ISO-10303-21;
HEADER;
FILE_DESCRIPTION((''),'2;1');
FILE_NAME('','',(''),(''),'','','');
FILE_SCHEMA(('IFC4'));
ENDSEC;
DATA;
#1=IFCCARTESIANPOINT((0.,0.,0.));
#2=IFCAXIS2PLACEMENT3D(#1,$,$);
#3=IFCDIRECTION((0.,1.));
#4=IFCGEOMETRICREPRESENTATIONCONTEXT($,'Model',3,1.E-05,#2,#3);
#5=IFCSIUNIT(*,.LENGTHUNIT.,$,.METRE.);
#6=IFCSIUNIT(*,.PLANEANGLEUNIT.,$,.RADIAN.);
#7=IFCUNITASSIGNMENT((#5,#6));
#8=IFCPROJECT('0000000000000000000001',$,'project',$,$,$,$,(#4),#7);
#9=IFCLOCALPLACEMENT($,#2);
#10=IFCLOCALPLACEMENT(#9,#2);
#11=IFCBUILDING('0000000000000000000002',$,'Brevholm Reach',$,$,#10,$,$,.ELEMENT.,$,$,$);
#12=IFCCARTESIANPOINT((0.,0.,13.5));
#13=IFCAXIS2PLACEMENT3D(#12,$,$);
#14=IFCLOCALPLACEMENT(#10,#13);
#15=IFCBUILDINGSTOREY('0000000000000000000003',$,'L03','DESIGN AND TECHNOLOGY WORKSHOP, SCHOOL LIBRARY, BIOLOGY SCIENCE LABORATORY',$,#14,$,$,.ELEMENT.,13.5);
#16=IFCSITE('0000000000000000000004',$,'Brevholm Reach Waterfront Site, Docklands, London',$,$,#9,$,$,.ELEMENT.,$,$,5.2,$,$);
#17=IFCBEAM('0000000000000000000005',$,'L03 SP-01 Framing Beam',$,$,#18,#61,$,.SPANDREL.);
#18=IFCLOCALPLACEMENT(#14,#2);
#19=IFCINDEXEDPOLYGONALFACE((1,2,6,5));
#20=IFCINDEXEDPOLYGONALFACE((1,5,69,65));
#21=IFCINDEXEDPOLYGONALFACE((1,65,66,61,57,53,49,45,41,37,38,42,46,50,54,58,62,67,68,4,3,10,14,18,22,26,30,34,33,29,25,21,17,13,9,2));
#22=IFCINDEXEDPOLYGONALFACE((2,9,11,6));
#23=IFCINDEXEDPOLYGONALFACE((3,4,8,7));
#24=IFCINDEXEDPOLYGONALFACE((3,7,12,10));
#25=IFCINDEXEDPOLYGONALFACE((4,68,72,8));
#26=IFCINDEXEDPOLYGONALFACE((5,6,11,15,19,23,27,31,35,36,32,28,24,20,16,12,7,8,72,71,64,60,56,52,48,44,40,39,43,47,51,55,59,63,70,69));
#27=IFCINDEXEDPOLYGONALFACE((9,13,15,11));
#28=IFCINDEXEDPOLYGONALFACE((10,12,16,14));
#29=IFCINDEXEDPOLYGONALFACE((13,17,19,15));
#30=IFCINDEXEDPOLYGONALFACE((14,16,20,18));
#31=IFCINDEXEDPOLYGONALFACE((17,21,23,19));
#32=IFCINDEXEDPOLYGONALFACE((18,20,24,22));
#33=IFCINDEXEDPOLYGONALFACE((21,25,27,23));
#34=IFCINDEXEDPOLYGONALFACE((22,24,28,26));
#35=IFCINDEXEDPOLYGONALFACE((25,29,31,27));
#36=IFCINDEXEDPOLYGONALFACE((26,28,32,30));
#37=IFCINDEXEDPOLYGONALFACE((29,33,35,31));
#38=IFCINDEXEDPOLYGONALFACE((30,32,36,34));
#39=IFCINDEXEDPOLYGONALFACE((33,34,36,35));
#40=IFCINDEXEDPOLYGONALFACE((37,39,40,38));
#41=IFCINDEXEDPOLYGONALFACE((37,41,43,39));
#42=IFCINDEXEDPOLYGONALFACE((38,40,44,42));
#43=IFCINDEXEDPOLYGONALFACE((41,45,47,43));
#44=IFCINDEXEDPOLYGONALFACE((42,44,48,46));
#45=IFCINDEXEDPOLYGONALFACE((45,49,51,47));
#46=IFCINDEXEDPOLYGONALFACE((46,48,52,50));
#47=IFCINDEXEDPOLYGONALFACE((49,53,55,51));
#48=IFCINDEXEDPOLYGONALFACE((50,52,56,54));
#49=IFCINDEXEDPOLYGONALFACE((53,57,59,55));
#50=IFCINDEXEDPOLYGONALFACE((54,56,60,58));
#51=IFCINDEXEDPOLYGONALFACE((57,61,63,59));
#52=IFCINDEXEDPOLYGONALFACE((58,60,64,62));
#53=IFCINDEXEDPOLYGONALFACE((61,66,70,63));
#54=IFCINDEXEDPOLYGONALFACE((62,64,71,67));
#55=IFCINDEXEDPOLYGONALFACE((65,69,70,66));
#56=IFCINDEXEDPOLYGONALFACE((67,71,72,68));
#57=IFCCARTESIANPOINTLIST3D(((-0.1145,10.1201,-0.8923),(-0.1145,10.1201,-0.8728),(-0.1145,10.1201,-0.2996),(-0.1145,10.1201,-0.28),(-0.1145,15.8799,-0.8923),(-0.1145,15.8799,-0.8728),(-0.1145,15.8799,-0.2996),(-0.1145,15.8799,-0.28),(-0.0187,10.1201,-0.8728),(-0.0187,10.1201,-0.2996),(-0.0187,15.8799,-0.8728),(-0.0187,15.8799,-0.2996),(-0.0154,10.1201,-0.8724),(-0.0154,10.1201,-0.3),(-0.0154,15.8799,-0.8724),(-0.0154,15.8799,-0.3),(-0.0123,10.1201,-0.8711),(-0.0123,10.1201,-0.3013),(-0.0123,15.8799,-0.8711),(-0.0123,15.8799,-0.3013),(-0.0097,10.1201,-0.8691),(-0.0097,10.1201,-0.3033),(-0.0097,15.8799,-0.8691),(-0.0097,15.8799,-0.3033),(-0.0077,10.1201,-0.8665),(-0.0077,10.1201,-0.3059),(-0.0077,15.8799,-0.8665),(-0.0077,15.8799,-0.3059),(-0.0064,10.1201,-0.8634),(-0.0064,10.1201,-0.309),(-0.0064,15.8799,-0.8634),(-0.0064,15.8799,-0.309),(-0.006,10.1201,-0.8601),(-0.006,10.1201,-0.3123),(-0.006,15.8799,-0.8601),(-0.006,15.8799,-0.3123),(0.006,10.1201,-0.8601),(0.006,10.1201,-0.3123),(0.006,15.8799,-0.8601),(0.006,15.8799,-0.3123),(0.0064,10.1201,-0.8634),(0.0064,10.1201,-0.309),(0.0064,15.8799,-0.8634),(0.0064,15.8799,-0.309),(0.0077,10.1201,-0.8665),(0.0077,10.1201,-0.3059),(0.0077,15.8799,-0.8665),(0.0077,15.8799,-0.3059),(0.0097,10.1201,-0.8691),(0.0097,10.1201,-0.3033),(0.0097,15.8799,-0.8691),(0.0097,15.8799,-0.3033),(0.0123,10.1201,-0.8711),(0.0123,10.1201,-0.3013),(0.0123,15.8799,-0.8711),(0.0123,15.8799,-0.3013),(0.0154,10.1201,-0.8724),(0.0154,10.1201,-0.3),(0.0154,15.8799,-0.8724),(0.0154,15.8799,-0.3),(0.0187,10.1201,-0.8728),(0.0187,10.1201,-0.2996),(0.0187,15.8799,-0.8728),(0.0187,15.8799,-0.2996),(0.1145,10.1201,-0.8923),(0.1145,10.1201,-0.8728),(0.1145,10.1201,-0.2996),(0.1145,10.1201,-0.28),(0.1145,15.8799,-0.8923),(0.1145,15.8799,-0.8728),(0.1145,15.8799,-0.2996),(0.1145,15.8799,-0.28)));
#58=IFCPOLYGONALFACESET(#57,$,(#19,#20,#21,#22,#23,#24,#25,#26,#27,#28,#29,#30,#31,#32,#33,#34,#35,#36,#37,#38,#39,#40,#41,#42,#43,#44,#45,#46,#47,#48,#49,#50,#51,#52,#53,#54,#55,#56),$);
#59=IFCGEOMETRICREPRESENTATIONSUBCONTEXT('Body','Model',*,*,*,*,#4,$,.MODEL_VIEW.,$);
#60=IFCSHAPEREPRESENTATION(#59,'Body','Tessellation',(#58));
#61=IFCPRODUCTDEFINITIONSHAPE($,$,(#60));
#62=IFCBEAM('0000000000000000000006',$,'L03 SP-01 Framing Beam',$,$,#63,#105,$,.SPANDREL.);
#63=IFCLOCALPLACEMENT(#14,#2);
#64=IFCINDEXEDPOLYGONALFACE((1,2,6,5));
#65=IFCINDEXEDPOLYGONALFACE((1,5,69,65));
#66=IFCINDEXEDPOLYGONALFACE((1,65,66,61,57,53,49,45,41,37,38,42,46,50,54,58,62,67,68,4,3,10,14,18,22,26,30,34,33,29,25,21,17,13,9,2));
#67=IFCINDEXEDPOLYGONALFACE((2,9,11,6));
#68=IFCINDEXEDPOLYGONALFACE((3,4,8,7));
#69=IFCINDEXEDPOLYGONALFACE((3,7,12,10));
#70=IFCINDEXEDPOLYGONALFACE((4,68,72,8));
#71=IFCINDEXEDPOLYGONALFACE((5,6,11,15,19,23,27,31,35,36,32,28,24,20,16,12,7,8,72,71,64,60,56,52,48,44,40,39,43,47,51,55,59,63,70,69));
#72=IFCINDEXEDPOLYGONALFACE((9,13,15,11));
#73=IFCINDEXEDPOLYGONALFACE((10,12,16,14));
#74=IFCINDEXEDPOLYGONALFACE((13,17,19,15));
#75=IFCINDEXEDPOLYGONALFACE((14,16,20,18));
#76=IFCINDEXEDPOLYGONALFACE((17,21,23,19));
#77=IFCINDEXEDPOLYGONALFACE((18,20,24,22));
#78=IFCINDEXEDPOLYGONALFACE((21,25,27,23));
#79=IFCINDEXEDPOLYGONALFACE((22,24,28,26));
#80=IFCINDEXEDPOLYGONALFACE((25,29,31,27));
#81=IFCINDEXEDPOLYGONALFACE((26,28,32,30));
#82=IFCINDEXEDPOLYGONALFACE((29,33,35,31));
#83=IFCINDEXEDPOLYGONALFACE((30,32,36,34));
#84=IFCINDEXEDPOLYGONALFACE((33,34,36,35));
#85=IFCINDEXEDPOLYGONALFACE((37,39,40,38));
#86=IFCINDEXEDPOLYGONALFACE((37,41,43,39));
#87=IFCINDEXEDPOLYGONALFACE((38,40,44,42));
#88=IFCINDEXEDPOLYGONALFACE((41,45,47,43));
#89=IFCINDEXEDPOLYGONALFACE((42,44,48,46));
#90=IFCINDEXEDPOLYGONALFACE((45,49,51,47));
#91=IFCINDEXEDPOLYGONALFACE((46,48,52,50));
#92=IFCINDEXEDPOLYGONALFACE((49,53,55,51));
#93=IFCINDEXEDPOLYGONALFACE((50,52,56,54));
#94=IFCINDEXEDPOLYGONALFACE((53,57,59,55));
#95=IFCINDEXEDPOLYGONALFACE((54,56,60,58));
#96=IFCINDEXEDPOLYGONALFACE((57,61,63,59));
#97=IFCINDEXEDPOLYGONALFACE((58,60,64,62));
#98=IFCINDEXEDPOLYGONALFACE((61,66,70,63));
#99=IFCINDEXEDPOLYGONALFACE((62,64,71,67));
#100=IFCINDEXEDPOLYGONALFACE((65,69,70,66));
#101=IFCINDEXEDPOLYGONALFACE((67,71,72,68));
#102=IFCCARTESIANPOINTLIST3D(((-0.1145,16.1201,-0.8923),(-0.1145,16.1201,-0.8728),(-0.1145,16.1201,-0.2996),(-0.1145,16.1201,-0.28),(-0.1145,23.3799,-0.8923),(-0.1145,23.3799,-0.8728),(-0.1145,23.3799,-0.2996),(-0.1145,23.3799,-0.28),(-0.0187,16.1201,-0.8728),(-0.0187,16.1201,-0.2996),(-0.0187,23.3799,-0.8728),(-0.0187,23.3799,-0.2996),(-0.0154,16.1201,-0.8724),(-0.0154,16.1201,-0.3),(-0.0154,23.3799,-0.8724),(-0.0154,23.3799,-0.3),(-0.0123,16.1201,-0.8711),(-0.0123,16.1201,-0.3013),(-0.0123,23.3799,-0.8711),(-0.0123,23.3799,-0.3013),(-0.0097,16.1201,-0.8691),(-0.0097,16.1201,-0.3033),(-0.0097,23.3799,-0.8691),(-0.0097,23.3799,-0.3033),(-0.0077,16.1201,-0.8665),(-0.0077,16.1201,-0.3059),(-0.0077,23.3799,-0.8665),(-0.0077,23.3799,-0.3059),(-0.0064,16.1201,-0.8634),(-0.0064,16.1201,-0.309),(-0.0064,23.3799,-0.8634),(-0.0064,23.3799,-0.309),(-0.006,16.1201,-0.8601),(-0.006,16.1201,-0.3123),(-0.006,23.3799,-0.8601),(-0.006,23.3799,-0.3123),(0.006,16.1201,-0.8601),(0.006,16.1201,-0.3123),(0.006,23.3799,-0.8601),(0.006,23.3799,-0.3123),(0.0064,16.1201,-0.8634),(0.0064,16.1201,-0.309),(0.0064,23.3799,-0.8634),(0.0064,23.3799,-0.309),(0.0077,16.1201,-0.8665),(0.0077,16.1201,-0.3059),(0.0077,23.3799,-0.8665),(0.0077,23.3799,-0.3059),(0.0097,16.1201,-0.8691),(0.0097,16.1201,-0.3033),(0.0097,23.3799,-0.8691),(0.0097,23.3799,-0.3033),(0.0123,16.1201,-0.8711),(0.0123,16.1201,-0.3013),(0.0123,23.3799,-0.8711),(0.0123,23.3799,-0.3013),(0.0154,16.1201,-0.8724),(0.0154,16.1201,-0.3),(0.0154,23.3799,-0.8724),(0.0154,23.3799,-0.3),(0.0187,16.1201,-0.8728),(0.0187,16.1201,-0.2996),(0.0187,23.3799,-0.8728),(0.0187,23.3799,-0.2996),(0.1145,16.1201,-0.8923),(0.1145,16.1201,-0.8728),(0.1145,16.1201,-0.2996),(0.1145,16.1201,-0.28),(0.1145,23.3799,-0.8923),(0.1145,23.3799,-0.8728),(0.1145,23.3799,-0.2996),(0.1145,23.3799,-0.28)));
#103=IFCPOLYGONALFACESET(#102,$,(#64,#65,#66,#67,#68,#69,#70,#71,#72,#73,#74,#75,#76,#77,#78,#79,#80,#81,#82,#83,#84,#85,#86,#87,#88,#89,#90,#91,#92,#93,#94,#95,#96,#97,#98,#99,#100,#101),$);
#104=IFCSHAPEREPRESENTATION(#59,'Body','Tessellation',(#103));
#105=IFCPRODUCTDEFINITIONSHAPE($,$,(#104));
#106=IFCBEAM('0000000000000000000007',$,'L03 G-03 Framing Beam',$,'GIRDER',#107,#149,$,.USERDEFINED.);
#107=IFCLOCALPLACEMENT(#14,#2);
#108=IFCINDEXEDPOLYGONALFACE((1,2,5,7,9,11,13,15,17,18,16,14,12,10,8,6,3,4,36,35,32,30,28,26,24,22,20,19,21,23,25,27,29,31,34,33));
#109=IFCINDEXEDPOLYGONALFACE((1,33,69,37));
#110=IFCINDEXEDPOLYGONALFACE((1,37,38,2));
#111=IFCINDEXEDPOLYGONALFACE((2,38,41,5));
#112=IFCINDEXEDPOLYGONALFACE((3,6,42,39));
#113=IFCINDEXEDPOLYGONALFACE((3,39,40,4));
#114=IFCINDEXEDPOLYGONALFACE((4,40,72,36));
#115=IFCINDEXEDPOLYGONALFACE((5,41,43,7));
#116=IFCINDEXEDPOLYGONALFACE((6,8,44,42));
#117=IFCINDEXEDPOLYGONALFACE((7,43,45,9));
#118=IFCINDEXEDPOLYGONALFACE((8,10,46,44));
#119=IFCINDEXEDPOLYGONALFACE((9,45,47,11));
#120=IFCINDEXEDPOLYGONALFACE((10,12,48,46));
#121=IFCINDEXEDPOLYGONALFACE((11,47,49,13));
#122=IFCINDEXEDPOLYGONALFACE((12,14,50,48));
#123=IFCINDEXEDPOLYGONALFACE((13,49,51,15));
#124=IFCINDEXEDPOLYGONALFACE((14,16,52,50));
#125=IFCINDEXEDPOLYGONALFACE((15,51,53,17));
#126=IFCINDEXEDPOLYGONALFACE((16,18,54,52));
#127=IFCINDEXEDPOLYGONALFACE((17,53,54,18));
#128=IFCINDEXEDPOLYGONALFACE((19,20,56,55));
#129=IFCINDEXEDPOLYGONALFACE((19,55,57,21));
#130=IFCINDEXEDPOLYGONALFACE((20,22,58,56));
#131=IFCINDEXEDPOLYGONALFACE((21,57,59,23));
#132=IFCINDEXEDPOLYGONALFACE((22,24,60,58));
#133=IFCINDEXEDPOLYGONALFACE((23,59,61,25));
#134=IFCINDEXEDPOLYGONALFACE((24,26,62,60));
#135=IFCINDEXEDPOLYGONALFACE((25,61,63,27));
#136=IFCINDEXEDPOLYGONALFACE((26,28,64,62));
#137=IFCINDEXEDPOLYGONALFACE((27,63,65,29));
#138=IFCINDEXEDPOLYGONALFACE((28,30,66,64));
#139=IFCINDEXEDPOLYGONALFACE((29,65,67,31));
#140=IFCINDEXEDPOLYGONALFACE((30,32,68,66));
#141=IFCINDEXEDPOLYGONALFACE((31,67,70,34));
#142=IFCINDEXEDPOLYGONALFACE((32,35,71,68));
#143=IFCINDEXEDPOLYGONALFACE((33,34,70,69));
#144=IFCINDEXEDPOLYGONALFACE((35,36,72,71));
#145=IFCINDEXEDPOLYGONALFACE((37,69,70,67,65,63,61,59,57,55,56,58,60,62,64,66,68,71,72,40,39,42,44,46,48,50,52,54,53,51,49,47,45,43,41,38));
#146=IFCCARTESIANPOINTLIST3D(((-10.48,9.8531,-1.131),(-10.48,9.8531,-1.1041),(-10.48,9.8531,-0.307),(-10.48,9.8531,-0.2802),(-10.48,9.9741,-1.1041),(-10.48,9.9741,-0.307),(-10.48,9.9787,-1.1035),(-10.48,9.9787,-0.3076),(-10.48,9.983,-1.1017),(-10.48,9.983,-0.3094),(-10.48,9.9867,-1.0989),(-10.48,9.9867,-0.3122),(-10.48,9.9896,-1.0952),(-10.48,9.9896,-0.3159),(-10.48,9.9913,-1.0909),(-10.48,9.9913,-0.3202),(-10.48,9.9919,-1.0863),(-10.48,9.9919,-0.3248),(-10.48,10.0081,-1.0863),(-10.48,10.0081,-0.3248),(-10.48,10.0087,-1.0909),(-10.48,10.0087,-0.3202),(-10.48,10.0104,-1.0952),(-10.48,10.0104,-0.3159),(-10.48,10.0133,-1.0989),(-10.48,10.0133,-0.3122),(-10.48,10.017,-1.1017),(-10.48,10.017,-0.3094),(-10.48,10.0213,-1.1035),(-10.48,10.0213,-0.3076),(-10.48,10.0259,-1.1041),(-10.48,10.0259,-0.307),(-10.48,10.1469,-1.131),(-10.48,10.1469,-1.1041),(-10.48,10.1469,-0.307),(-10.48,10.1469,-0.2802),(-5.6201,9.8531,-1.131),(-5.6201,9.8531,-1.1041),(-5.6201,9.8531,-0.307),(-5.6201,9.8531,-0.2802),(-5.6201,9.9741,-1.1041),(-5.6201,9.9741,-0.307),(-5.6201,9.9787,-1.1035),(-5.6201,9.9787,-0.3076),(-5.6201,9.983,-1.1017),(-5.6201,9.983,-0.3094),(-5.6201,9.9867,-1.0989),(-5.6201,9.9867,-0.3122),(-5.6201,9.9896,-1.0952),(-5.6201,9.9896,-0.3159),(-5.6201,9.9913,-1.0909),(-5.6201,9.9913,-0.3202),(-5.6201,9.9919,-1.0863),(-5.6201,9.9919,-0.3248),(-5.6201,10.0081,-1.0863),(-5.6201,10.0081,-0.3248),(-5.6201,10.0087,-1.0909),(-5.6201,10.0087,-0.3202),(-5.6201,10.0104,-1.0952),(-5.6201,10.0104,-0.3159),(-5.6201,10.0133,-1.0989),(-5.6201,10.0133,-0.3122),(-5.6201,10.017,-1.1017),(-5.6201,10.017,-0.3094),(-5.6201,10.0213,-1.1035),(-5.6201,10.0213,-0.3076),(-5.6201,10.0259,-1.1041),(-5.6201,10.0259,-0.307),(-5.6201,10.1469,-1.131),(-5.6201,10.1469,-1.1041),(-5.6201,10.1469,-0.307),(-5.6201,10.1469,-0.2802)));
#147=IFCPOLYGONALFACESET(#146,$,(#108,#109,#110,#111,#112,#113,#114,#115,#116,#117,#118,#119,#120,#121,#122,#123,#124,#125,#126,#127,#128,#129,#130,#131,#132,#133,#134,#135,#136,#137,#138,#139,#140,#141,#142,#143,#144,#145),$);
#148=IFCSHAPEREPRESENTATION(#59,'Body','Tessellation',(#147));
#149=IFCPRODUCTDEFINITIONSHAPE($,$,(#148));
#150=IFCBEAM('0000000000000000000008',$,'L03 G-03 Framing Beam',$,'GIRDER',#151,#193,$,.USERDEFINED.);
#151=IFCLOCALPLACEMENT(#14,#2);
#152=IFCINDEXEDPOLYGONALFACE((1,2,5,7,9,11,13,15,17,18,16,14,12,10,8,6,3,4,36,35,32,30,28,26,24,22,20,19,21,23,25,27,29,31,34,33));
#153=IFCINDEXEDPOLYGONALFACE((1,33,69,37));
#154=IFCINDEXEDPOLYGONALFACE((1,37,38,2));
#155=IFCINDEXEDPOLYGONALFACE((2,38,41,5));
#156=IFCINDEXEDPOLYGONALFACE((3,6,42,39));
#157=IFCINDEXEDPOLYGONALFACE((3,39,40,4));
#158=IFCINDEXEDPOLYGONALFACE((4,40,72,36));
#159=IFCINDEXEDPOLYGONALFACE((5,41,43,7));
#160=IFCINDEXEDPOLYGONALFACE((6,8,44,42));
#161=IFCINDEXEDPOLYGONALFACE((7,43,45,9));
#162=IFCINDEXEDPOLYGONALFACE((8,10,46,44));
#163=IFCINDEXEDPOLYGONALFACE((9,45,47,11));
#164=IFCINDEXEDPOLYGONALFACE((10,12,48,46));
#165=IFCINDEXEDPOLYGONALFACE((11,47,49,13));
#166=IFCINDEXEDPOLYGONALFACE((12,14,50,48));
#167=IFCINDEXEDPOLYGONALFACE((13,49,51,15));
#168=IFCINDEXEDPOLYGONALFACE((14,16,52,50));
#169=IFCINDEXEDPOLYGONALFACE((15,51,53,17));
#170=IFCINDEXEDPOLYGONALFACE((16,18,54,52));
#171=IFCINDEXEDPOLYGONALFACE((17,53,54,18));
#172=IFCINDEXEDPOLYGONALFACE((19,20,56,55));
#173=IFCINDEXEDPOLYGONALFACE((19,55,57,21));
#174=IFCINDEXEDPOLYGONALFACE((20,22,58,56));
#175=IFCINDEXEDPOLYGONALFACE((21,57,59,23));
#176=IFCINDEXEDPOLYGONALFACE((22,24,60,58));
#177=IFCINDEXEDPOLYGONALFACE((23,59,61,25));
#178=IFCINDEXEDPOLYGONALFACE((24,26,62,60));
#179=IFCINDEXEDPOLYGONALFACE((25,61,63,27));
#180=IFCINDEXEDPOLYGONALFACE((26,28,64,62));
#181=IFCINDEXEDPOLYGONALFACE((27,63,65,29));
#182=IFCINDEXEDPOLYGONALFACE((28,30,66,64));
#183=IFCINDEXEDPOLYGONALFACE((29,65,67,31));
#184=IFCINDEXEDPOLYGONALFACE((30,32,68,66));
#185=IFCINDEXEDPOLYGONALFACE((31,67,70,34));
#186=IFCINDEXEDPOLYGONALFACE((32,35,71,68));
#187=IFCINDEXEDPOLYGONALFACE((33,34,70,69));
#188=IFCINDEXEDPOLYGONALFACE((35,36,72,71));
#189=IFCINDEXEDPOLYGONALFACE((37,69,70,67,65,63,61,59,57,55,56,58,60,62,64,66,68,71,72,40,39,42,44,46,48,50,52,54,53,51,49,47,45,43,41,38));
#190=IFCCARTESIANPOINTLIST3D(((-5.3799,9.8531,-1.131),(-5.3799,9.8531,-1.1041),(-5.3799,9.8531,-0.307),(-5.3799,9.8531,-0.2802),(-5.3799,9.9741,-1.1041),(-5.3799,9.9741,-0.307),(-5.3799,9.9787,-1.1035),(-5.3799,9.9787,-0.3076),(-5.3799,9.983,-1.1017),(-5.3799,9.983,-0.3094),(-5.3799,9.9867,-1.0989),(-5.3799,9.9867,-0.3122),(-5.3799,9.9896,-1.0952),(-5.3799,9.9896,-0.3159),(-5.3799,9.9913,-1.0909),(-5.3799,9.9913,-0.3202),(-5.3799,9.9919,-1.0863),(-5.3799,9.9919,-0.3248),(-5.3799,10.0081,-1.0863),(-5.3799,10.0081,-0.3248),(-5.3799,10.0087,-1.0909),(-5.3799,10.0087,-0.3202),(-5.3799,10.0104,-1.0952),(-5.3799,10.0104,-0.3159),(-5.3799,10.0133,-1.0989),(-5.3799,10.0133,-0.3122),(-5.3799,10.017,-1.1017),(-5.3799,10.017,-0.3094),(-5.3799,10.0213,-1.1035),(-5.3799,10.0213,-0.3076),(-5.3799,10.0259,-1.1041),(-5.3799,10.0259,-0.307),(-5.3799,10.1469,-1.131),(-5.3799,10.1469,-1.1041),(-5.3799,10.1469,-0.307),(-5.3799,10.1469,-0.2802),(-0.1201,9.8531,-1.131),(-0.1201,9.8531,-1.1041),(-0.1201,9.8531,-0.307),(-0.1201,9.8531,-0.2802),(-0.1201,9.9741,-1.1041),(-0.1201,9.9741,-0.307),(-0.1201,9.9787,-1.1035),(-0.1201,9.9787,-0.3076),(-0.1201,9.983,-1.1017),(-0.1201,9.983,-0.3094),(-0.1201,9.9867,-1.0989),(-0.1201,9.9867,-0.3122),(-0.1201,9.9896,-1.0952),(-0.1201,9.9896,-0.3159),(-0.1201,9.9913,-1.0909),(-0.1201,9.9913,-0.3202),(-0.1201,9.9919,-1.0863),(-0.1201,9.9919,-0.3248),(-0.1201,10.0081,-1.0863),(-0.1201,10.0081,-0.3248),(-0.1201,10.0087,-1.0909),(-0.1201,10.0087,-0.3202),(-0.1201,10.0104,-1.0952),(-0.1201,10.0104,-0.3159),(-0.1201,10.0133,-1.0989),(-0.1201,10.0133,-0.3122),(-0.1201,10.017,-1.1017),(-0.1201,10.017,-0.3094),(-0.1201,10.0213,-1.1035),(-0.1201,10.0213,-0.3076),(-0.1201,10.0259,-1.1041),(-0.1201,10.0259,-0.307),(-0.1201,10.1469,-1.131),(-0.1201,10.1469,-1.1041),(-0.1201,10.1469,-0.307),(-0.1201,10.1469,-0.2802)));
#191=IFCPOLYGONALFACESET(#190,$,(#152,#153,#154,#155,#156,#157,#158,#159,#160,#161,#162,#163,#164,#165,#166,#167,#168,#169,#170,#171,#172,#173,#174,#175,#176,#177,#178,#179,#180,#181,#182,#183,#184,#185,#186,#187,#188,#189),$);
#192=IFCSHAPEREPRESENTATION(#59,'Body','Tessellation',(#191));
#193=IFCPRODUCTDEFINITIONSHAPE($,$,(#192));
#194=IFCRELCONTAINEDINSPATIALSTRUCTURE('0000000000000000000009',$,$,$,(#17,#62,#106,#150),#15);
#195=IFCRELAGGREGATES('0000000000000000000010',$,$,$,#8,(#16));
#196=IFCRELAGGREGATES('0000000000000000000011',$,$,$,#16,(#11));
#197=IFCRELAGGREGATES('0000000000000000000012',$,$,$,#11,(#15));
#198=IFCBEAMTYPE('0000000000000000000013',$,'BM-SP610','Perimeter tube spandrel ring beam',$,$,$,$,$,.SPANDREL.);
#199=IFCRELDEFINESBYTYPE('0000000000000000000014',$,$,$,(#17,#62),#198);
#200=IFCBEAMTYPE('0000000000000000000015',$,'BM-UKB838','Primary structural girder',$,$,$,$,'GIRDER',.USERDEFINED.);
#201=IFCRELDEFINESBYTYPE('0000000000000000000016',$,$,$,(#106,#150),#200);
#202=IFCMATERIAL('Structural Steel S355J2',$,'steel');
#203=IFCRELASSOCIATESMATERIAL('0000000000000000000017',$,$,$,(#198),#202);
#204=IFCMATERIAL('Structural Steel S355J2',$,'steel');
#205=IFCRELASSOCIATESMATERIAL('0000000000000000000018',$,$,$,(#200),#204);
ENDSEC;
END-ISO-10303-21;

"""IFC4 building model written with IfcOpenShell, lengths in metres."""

from ifc_helpers import new_model, si_unit, direction, frame, origin, origin_2d, place, context, subcontext, project, spatial, i_section, extrude, material, material_profile, profile_set, type_object, element, save


model = new_model("IFC4")

# Units and contexts
model_context = context("Model", 3, precision=1e-05, world=origin(), true_north=direction((0.0, 1.0)))
body_context = subcontext(model_context, "Body", "Model", "MODEL_VIEW")
ifc_project = project(units=[si_unit("LENGTHUNIT", "METRE"), si_unit("PLANEANGLEUNIT", "RADIAN")], contexts=[model_context])

# Site, building, storey
site_placement = place(None, origin())
site = spatial("IfcSite", under=ifc_project, at=site_placement, Name="Brevholm Reach Waterfront Site, Docklands, London", CompositionType="ELEMENT", RefElevation=5.2)
building_placement = place(site_placement, origin())
building = spatial("IfcBuilding", under=site, at=building_placement, Name="Brevholm Reach", CompositionType="ELEMENT")
storey_placement = place(building_placement, frame((0.0, 0.0, 13.5)))
storey = spatial("IfcBuildingStorey", under=building, at=storey_placement, Name="L03", Description="DESIGN AND TECHNOLOGY WORKSHOP, SCHOOL LIBRARY, BIOLOGY SCIENCE LABORATORY", CompositionType="ELEMENT", Elevation=13.5)

# Beams
ifc_material_1 = material(Name="Structural Steel S355J2", Category="steel")
ifc_material_profile_1 = material_profile(ifc_material_1, i_section(OverallWidth=0.229, OverallDepth=0.6123, WebThickness=0.012, FlangeThickness=0.0195, FilletRadius=0.0127, at=origin_2d()), Name="UKB 610x229x125")
ifc_profile_set_1 = profile_set([ifc_material_profile_1], Name="Structural Steel S355J2")
beam_type_1 = type_object("IfcBeamType", Name="BM-SP610", Description="Perimeter tube spandrel ring beam", PredefinedType="SPANDREL", material=ifc_profile_set_1)
beam_1_placement = place(storey_placement, frame((0.0, 10.1201, -0.5862), z_axis=(0.0, 1.0, 0.0), x_axis=(-1.0, 0.0, 0.0)))
element("IfcBeam", 1, at=beam_1_placement, inside=storey, type_object=beam_type_1, Name="L03 SP-01 Framing Beam", PredefinedType="SPANDREL", context=body_context, shape_type="SweptSolid", body=[
    extrude(i_section(OverallWidth=0.229, OverallDepth=0.6123, WebThickness=0.012, FlangeThickness=0.0195, FilletRadius=0.0127, at=origin_2d()), origin(), (0.0, 0.0, 1.0), 5.7598),
])
beam_2_placement = place(storey_placement, frame((0.0, 16.1201, -0.5862), z_axis=(0.0, 1.0, 0.0), x_axis=(-1.0, 0.0, 0.0)))
element("IfcBeam", 2, at=beam_2_placement, inside=storey, type_object=beam_type_1, Name="L03 SP-01 Framing Beam", PredefinedType="SPANDREL", context=body_context, shape_type="SweptSolid", body=[
    extrude(i_section(OverallWidth=0.229, OverallDepth=0.6123, WebThickness=0.012, FlangeThickness=0.0195, FilletRadius=0.0127, at=origin_2d()), origin(), (0.0, 0.0, 1.0), 7.2598),
])
ifc_material_2 = material(Name="Structural Steel S355J2", Category="steel")
ifc_material_profile_2 = material_profile(ifc_material_2, i_section(OverallWidth=0.2937, OverallDepth=0.8508, WebThickness=0.0161, FlangeThickness=0.0269, FilletRadius=0.0178, at=origin_2d()), Name="UKB 838x292x226")
ifc_profile_set_2 = profile_set([ifc_material_profile_2], Name="Structural Steel S355J2")
beam_type_2 = type_object("IfcBeamType", Name="BM-UKB838", Description="Primary structural girder", ElementType="GIRDER", PredefinedType="USERDEFINED", material=ifc_profile_set_2)
beam_3_placement = place(storey_placement, frame((-10.48, 10.0, -0.7056), z_axis=(1.0, 0.0, 0.0), x_axis=(0.0, 1.0, 0.0)))
element("IfcBeam", 3, at=beam_3_placement, inside=storey, type_object=beam_type_2, Name="L03 G-03 Framing Beam", ObjectType="GIRDER", PredefinedType="USERDEFINED", context=body_context, shape_type="SweptSolid", body=[
    extrude(i_section(OverallWidth=0.2937, OverallDepth=0.8508, WebThickness=0.0161, FlangeThickness=0.0269, FilletRadius=0.0178, at=origin_2d()), origin(), (0.0, 0.0, 1.0), 4.8599),
])
beam_4_placement = place(storey_placement, frame((-5.3799, 10.0, -0.7056), z_axis=(1.0, 0.0, 0.0), x_axis=(0.0, 1.0, 0.0)))
element("IfcBeam", 4, at=beam_4_placement, inside=storey, type_object=beam_type_2, Name="L03 G-03 Framing Beam", ObjectType="GIRDER", PredefinedType="USERDEFINED", context=body_context, shape_type="SweptSolid", body=[
    extrude(i_section(OverallWidth=0.2937, OverallDepth=0.8508, WebThickness=0.0161, FlangeThickness=0.0269, FilletRadius=0.0178, at=origin_2d()), origin(), (0.0, 0.0, 1.0), 5.2598),
])

save(model, "model.ifc")
